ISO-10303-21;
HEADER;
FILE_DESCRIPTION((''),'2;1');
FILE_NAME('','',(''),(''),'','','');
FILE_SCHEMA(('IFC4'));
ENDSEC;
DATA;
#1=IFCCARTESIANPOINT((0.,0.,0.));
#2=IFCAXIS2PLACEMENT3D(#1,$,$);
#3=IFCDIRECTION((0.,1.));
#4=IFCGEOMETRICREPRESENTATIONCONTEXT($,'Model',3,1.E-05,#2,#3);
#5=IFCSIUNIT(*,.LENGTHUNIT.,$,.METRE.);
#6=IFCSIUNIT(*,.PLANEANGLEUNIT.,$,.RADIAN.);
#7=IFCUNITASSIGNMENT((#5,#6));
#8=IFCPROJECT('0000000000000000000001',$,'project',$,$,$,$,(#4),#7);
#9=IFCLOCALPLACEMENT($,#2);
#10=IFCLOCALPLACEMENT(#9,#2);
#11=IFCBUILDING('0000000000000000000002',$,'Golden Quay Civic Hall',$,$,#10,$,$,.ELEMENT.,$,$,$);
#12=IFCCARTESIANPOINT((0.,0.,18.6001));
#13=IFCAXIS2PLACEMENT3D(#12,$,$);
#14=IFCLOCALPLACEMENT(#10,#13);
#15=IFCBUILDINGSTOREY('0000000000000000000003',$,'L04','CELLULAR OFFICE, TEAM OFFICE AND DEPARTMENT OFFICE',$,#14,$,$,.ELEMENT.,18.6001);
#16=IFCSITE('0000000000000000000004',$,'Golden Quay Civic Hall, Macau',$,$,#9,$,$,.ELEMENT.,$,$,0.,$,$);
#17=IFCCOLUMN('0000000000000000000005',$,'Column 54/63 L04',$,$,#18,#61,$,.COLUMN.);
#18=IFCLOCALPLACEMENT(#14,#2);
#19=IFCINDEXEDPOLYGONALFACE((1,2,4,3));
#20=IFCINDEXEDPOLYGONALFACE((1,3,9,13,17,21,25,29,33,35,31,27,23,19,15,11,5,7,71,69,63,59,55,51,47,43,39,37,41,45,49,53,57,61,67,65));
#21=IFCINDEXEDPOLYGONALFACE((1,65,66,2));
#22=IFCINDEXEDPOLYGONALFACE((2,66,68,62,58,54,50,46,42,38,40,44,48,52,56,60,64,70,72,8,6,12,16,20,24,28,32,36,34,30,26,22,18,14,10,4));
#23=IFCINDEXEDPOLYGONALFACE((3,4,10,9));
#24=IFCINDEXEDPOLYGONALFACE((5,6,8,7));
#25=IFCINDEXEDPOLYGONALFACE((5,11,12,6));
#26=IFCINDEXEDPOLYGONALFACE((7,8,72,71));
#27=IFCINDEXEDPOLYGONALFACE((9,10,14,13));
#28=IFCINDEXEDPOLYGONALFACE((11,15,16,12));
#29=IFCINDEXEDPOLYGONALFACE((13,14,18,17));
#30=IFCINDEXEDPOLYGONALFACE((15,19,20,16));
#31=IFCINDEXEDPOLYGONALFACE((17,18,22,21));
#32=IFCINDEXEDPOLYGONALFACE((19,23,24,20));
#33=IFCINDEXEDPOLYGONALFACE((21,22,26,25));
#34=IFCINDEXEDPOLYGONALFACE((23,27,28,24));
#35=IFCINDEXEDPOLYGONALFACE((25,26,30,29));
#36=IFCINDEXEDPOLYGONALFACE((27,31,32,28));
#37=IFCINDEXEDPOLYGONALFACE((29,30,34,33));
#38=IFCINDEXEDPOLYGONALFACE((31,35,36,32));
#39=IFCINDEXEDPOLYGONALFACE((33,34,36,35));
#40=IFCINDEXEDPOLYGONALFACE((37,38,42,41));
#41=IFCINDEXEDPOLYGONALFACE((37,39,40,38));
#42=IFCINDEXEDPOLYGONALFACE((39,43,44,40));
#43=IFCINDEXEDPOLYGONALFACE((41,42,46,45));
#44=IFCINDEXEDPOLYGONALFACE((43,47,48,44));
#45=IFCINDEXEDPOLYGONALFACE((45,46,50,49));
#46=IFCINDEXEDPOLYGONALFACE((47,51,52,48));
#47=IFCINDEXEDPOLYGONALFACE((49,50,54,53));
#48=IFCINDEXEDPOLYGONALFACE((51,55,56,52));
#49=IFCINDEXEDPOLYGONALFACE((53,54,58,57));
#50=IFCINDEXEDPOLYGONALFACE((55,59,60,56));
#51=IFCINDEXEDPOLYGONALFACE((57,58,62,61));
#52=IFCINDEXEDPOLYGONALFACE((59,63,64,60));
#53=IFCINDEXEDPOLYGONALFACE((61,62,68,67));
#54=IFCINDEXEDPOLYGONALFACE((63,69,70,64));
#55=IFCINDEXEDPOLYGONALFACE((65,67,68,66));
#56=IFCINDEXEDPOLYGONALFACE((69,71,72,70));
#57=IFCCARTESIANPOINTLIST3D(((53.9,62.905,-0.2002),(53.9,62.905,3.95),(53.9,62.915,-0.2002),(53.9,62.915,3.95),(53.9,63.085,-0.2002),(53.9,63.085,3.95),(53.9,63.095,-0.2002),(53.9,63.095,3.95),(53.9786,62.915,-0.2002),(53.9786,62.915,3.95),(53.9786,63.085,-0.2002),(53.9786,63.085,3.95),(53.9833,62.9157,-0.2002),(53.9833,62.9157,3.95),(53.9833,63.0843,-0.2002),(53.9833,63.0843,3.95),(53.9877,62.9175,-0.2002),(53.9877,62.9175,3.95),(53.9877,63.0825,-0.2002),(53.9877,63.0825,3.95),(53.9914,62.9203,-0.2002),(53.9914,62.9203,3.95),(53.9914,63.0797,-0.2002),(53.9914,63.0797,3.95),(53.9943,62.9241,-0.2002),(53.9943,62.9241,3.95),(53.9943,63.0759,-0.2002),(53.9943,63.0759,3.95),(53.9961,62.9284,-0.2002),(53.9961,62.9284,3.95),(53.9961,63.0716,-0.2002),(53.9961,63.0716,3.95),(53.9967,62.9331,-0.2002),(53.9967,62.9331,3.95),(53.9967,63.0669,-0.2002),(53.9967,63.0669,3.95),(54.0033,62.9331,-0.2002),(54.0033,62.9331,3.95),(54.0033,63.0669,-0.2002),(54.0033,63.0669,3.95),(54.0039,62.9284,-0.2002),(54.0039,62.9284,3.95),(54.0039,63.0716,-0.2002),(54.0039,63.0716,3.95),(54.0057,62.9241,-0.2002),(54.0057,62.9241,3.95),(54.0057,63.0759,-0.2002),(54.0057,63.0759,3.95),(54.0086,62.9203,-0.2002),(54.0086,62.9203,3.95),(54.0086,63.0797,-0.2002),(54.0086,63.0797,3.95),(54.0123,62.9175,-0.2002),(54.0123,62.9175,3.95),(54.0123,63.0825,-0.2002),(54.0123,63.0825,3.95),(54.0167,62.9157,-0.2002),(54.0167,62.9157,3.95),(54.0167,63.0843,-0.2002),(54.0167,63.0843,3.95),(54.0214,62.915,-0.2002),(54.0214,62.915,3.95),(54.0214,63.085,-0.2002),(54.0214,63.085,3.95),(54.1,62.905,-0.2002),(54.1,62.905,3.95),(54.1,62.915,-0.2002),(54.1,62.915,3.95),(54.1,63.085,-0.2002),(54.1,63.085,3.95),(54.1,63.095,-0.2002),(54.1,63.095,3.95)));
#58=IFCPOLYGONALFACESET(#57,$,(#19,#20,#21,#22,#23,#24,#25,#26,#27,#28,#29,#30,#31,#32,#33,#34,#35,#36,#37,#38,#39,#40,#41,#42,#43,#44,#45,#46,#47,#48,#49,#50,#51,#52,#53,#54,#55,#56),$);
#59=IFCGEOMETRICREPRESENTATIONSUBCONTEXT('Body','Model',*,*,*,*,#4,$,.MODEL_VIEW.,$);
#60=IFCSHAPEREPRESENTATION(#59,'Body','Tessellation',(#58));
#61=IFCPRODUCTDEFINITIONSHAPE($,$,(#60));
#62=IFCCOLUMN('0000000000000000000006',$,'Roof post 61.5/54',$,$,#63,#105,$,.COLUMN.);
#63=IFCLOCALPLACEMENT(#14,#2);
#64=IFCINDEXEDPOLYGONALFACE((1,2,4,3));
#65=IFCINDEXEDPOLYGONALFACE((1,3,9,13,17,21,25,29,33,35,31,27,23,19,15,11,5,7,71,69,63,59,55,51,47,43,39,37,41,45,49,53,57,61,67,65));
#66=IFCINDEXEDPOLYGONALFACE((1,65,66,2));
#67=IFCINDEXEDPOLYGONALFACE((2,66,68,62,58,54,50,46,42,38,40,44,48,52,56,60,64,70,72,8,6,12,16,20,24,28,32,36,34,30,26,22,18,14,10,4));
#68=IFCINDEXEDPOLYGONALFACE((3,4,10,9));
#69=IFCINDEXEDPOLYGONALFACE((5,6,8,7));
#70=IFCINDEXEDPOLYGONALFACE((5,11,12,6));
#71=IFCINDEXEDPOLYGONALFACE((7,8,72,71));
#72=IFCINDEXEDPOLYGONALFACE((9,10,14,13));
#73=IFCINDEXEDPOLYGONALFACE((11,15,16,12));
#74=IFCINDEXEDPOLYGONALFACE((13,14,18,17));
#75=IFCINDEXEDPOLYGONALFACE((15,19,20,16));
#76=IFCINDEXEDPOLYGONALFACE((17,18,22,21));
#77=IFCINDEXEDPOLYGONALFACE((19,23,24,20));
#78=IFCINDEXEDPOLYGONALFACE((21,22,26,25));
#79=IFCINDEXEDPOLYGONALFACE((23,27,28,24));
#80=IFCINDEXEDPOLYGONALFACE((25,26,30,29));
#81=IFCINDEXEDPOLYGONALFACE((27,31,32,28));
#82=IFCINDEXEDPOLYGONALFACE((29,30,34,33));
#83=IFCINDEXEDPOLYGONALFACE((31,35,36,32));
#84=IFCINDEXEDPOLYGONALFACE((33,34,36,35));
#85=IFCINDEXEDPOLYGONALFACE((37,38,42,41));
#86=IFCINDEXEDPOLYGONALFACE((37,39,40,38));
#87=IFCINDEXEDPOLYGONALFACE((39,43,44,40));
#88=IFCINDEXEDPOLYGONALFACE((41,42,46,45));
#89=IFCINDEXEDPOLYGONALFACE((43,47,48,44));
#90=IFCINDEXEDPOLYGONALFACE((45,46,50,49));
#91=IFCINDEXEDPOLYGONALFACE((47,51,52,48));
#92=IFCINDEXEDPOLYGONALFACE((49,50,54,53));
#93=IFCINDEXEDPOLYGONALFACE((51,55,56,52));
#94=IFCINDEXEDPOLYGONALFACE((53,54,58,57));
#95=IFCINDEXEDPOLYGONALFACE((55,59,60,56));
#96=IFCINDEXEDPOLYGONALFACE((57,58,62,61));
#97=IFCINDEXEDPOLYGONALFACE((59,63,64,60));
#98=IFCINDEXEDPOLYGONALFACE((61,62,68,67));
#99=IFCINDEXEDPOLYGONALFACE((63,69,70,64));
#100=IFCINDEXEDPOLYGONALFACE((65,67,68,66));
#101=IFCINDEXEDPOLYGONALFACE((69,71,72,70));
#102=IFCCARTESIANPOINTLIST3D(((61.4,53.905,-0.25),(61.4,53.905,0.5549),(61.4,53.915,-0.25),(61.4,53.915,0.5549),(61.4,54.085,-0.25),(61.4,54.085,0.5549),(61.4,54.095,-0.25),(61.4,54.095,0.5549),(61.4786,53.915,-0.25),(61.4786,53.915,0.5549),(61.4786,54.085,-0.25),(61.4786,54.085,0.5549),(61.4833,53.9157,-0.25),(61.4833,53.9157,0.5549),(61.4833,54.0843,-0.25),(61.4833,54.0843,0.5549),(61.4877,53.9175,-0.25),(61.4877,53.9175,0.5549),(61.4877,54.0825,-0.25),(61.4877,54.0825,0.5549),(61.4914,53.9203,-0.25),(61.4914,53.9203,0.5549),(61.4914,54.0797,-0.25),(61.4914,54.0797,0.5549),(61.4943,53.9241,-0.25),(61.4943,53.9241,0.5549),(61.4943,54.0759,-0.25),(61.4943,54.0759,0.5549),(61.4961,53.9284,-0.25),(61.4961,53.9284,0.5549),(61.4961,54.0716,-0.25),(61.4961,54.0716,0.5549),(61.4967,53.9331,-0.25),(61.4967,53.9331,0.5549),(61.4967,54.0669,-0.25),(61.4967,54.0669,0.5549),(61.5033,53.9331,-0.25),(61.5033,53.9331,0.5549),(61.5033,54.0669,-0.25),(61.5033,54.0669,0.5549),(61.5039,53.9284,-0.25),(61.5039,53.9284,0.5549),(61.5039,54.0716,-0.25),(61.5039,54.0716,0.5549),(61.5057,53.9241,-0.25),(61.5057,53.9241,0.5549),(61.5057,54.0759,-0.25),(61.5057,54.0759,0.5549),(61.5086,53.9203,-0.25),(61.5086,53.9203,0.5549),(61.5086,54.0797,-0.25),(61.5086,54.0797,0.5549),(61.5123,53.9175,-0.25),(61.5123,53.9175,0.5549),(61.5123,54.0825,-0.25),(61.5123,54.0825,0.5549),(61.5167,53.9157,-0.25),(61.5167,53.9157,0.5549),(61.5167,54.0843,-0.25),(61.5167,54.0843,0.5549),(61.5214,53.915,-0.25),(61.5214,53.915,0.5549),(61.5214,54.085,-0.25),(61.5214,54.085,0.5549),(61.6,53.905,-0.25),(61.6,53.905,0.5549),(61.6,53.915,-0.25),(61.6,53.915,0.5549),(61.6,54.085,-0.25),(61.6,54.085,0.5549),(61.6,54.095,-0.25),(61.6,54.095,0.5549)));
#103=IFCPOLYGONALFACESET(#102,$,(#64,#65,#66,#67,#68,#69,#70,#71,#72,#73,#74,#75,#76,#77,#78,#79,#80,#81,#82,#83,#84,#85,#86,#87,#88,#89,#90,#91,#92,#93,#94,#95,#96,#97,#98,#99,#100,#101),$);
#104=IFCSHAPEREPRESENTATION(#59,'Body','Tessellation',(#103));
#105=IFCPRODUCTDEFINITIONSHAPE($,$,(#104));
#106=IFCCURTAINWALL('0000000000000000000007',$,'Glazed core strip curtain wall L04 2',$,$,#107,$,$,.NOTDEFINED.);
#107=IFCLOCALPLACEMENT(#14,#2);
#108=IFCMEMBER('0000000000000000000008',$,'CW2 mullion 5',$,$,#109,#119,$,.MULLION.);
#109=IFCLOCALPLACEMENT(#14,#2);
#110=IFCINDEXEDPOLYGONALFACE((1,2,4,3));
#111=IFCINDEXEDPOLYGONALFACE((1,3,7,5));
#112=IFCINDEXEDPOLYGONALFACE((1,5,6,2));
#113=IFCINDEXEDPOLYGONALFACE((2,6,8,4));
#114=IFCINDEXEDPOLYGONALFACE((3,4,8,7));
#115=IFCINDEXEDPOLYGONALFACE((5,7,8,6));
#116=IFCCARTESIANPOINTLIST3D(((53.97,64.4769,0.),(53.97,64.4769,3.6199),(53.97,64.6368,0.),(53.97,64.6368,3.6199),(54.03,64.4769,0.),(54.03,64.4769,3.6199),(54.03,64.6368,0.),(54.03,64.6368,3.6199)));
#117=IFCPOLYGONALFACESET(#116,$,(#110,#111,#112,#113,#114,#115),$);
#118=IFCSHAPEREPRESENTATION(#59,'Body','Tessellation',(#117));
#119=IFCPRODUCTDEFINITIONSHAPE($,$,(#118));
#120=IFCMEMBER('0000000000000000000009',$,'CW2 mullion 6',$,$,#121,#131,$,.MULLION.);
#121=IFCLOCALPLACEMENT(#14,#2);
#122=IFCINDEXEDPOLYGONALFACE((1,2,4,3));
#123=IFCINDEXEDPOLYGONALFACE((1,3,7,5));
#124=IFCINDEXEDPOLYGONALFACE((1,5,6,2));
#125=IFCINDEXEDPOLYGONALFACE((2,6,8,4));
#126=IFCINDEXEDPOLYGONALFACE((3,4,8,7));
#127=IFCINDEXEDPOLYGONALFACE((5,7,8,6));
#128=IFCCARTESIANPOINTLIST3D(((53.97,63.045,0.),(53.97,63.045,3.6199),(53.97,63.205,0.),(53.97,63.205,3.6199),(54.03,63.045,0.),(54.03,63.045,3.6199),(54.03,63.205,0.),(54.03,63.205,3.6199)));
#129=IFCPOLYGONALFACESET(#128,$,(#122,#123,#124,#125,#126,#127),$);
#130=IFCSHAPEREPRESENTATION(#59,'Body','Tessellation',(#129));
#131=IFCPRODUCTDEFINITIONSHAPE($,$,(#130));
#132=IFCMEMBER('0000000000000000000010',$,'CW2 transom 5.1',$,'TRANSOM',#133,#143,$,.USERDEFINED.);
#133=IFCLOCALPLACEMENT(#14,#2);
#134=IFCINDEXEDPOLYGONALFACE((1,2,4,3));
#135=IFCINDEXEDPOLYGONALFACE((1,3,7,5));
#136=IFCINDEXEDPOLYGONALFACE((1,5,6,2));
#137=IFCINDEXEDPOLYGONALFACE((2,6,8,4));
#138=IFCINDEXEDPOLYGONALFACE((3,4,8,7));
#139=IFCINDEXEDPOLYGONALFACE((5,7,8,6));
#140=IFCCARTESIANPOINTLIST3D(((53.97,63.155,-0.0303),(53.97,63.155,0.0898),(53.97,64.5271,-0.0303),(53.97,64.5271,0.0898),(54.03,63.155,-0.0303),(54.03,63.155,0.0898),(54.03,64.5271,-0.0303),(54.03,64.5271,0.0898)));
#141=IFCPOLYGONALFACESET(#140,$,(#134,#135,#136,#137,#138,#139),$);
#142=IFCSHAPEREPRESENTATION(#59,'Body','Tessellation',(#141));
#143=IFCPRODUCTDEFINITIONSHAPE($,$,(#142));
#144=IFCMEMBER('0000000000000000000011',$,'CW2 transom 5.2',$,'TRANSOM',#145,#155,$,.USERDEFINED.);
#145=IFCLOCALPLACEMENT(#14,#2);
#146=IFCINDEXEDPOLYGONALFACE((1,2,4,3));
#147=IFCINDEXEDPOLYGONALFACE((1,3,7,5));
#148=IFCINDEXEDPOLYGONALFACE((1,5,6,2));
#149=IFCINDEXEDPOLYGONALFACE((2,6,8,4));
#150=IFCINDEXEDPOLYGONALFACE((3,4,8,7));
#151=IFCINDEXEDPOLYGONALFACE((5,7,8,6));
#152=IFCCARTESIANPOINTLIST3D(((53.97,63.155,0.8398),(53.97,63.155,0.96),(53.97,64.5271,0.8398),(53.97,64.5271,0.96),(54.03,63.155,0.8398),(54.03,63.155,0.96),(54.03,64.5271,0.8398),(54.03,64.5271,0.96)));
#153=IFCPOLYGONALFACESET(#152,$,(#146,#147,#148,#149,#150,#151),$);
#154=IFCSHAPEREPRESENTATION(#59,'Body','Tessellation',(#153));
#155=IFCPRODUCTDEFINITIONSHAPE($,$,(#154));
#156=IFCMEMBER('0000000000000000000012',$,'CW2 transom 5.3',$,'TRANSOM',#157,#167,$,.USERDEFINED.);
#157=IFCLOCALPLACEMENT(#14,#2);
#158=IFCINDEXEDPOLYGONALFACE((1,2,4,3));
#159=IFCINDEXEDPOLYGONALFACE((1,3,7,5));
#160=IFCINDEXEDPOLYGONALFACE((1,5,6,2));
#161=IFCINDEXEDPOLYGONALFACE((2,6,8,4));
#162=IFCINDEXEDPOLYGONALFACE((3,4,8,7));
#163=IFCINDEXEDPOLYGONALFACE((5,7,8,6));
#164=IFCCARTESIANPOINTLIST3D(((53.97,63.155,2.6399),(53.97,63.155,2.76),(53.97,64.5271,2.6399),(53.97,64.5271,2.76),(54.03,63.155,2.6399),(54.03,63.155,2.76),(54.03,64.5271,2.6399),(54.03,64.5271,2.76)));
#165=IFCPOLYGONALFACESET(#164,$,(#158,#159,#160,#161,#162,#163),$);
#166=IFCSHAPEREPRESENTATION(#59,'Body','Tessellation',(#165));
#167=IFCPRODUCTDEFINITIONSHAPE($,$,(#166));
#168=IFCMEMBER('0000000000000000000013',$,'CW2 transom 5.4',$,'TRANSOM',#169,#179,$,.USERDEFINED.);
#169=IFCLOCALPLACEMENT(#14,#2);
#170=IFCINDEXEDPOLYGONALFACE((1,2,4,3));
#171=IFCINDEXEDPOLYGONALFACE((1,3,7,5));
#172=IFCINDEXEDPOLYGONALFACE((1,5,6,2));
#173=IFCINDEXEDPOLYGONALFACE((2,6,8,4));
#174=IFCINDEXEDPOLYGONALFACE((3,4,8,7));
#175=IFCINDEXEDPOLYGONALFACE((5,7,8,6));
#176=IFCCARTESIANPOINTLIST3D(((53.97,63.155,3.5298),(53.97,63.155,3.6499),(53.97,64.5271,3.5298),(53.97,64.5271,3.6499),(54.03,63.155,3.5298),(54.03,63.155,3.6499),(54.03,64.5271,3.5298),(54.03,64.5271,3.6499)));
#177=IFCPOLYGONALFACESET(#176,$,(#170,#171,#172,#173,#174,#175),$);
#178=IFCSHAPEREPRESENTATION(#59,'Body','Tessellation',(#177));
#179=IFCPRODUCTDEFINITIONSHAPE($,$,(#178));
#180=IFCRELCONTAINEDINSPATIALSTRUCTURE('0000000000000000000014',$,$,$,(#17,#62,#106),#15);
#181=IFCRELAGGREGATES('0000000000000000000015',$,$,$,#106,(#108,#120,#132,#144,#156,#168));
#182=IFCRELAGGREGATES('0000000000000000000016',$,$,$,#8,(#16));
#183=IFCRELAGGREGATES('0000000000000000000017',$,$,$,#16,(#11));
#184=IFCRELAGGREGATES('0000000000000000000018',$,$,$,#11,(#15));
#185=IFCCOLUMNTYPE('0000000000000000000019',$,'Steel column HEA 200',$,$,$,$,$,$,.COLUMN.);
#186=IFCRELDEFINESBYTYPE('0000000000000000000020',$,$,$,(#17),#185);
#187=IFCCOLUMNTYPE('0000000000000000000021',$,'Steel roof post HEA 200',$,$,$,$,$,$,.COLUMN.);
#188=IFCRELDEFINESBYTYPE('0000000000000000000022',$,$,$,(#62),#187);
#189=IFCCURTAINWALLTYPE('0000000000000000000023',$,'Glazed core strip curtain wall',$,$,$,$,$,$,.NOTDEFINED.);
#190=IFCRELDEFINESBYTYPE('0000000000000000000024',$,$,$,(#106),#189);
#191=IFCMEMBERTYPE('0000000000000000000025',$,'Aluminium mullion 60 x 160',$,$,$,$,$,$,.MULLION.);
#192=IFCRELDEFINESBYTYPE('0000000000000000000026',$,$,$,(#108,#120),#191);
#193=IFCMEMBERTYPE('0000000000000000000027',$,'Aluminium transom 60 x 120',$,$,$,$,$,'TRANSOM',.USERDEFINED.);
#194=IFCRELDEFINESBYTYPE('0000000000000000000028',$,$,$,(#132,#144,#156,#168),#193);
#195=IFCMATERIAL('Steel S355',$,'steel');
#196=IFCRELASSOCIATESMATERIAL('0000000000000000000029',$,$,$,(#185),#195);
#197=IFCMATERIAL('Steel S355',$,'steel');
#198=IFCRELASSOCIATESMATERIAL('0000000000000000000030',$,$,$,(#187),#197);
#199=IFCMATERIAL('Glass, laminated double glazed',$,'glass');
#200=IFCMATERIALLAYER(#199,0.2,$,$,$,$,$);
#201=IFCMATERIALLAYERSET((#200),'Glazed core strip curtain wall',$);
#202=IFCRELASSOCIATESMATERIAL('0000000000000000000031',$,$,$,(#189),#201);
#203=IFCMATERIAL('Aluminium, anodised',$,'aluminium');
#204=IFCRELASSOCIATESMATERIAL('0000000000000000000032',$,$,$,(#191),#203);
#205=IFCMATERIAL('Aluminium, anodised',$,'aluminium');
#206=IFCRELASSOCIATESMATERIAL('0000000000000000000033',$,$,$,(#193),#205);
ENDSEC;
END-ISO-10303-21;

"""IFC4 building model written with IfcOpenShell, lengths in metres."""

from ifc_helpers import new_model, si_unit, direction, frame, origin, origin_2d, place, context, subcontext, project, spatial, rectangle, i_section, extrude, material, layer, layer_set, material_profile, profile_set, type_object, element, aggregate, save


model = new_model("IFC4")

# Units and contexts
model_context = context("Model", 3, precision=1e-05, world=origin(), true_north=direction((0.0, 1.0)))
body_context = subcontext(model_context, "Body", "Model", "MODEL_VIEW")
ifc_project = project(units=[si_unit("LENGTHUNIT", "METRE"), si_unit("PLANEANGLEUNIT", "RADIAN")], contexts=[model_context])

# Site, building, storey
site_placement = place(None, origin())
site = spatial("IfcSite", under=ifc_project, at=site_placement, Name="Golden Quay Civic Hall, Macau", CompositionType="ELEMENT", RefElevation=0.0)
building_placement = place(site_placement, origin())
building = spatial("IfcBuilding", under=site, at=building_placement, Name="Golden Quay Civic Hall", CompositionType="ELEMENT")
storey_placement = place(building_placement, frame((0.0, 0.0, 18.6001)))
storey = spatial("IfcBuildingStorey", under=building, at=storey_placement, Name="L04", Description="CELLULAR OFFICE, TEAM OFFICE AND DEPARTMENT OFFICE", CompositionType="ELEMENT", Elevation=18.6001)

# Columns
ifc_material_1 = material(Name="Steel S355", Category="steel")
ifc_material_profile_1 = material_profile(ifc_material_1, i_section(OverallWidth=0.2, OverallDepth=0.1899, WebThickness=0.0066, FlangeThickness=0.01, FilletRadius=0.0181, at=origin_2d()), Name="HEA 200")
ifc_profile_set_1 = profile_set([ifc_material_profile_1], Name="Steel S355")
column_type_1 = type_object("IfcColumnType", Name="Steel column HEA 200", PredefinedType="COLUMN", material=ifc_profile_set_1)
column_1_placement = place(storey_placement, frame((54.0, 63.0, -0.2002), z_axis=(0.0, 0.0, 1.0), x_axis=(1.0, 0.0, 0.0)))
element("IfcColumn", 1, at=column_1_placement, inside=storey, type_object=column_type_1, Name="Column 54/63 L04", PredefinedType="COLUMN", context=body_context, shape_type="SweptSolid", body=[
    extrude(i_section(OverallWidth=0.2, OverallDepth=0.1899, WebThickness=0.0066, FlangeThickness=0.01, FilletRadius=0.0181, at=origin_2d()), origin(), (0.0, 0.0, 1.0), 4.1501),
])
ifc_material_2 = material(Name="Steel S355", Category="steel")
ifc_material_profile_2 = material_profile(ifc_material_2, i_section(OverallWidth=0.2, OverallDepth=0.1899, WebThickness=0.0066, FlangeThickness=0.01, FilletRadius=0.0181, at=origin_2d()), Name="HEA 200")
ifc_profile_set_2 = profile_set([ifc_material_profile_2], Name="Steel S355")
column_type_2 = type_object("IfcColumnType", Name="Steel roof post HEA 200", PredefinedType="COLUMN", material=ifc_profile_set_2)
column_2_placement = place(storey_placement, frame((61.5, 54.0, -0.25), z_axis=(0.0, 0.0, 1.0), x_axis=(1.0, 0.0, 0.0)))
element("IfcColumn", 2, at=column_2_placement, inside=storey, type_object=column_type_2, Name="Roof post 61.5/54", PredefinedType="COLUMN", context=body_context, shape_type="SweptSolid", body=[
    extrude(i_section(OverallWidth=0.2, OverallDepth=0.1899, WebThickness=0.0066, FlangeThickness=0.01, FilletRadius=0.0181, at=origin_2d()), origin(), (0.0, 0.0, 1.0), 0.8049),
])

# Curtain wall, members
ifc_material_3 = material(Name="Glass, laminated double glazed", Category="glass")
ifc_layer_1 = layer(ifc_material_3, 0.2)
ifc_layer_set_1 = layer_set([ifc_layer_1], Name="Glazed core strip curtain wall")
curtain_wall_type = type_object("IfcCurtainWallType", Name="Glazed core strip curtain wall", PredefinedType="NOTDEFINED", material=ifc_layer_set_1)
curtain_wall_placement = place(storey_placement, origin())
curtain_wall = element("IfcCurtainWall", 3, at=curtain_wall_placement, inside=storey, type_object=curtain_wall_type, Name="Glazed core strip curtain wall L04 2", PredefinedType="NOTDEFINED")
ifc_material_4 = material(Name="Aluminium, anodised", Category="aluminium")
ifc_material_profile_3 = material_profile(ifc_material_4, rectangle(XDim=0.0601, YDim=0.1599, at=origin_2d()), Name="Aluminium 60 x 160")
ifc_profile_set_3 = profile_set([ifc_material_profile_3], Name="Aluminium, anodised")
member_type_1 = type_object("IfcMemberType", Name="Aluminium mullion 60 x 160", PredefinedType="MULLION", material=ifc_profile_set_3)
member_1_placement = place(storey_placement, frame((54.0, 64.5569, 0.0), z_axis=(0.0, 0.0, 1.0), x_axis=(1.0, 0.0, 0.0)))
member_1 = element("IfcMember", 4, at=member_1_placement, type_object=member_type_1, Name="CW2 mullion 5", PredefinedType="MULLION", context=body_context, shape_type="SweptSolid", body=[
    extrude(rectangle(XDim=0.0601, YDim=0.1599, at=origin_2d()), origin(), (0.0, 0.0, 1.0), 3.6199),
])
member_2_placement = place(storey_placement, frame((54.0, 63.125, 0.0), z_axis=(0.0, 0.0, 1.0), x_axis=(1.0, 0.0, 0.0)))
member_2 = element("IfcMember", 5, at=member_2_placement, type_object=member_type_1, Name="CW2 mullion 6", PredefinedType="MULLION", context=body_context, shape_type="SweptSolid", body=[
    extrude(rectangle(XDim=0.0601, YDim=0.1599, at=origin_2d()), origin(), (0.0, 0.0, 1.0), 3.6199),
])
ifc_material_5 = material(Name="Aluminium, anodised", Category="aluminium")
ifc_material_profile_4 = material_profile(ifc_material_5, rectangle(XDim=0.0601, YDim=0.1201, at=origin_2d()), Name="Aluminium 60 x 120")
ifc_profile_set_4 = profile_set([ifc_material_profile_4], Name="Aluminium, anodised")
member_type_2 = type_object("IfcMemberType", Name="Aluminium transom 60 x 120", ElementType="TRANSOM", PredefinedType="USERDEFINED", material=ifc_profile_set_4)
member_3_placement = place(storey_placement, frame((54.0, 64.5271, 0.0298), z_axis=(0.0, -1.0, 0.0), x_axis=(1.0, 0.0, 0.0)))
member_3 = element("IfcMember", 6, at=member_3_placement, type_object=member_type_2, Name="CW2 transom 5.1", ObjectType="TRANSOM", PredefinedType="USERDEFINED", context=body_context, shape_type="SweptSolid", body=[
    extrude(rectangle(XDim=0.0601, YDim=0.1201, at=origin_2d()), origin(), (0.0, 0.0, 1.0), 1.3721),
])
member_4_placement = place(storey_placement, frame((54.0, 64.5271, 0.8999), z_axis=(0.0, -1.0, 0.0), x_axis=(1.0, 0.0, 0.0)))
member_4 = element("IfcMember", 7, at=member_4_placement, type_object=member_type_2, Name="CW2 transom 5.2", ObjectType="TRANSOM", PredefinedType="USERDEFINED", context=body_context, shape_type="SweptSolid", body=[
    extrude(rectangle(XDim=0.0601, YDim=0.1201, at=origin_2d()), origin(), (0.0, 0.0, 1.0), 1.3721),
])
member_5_placement = place(storey_placement, frame((54.0, 64.5271, 2.7), z_axis=(0.0, -1.0, 0.0), x_axis=(1.0, 0.0, 0.0)))
member_5 = element("IfcMember", 8, at=member_5_placement, type_object=member_type_2, Name="CW2 transom 5.3", ObjectType="TRANSOM", PredefinedType="USERDEFINED", context=body_context, shape_type="SweptSolid", body=[
    extrude(rectangle(XDim=0.0601, YDim=0.1201, at=origin_2d()), origin(), (0.0, 0.0, 1.0), 1.3721),
])
member_6_placement = place(storey_placement, frame((54.0, 64.5271, 3.5898), z_axis=(0.0, -1.0, 0.0), x_axis=(1.0, 0.0, 0.0)))
member_6 = element("IfcMember", 9, at=member_6_placement, type_object=member_type_2, Name="CW2 transom 5.4", ObjectType="TRANSOM", PredefinedType="USERDEFINED", context=body_context, shape_type="SweptSolid", body=[
    extrude(rectangle(XDim=0.0601, YDim=0.1201, at=origin_2d()), origin(), (0.0, 0.0, 1.0), 1.3721),
])

aggregate(curtain_wall, [member_1, member_2, member_3, member_4, member_5, member_6])

save(model, "model.ifc")
